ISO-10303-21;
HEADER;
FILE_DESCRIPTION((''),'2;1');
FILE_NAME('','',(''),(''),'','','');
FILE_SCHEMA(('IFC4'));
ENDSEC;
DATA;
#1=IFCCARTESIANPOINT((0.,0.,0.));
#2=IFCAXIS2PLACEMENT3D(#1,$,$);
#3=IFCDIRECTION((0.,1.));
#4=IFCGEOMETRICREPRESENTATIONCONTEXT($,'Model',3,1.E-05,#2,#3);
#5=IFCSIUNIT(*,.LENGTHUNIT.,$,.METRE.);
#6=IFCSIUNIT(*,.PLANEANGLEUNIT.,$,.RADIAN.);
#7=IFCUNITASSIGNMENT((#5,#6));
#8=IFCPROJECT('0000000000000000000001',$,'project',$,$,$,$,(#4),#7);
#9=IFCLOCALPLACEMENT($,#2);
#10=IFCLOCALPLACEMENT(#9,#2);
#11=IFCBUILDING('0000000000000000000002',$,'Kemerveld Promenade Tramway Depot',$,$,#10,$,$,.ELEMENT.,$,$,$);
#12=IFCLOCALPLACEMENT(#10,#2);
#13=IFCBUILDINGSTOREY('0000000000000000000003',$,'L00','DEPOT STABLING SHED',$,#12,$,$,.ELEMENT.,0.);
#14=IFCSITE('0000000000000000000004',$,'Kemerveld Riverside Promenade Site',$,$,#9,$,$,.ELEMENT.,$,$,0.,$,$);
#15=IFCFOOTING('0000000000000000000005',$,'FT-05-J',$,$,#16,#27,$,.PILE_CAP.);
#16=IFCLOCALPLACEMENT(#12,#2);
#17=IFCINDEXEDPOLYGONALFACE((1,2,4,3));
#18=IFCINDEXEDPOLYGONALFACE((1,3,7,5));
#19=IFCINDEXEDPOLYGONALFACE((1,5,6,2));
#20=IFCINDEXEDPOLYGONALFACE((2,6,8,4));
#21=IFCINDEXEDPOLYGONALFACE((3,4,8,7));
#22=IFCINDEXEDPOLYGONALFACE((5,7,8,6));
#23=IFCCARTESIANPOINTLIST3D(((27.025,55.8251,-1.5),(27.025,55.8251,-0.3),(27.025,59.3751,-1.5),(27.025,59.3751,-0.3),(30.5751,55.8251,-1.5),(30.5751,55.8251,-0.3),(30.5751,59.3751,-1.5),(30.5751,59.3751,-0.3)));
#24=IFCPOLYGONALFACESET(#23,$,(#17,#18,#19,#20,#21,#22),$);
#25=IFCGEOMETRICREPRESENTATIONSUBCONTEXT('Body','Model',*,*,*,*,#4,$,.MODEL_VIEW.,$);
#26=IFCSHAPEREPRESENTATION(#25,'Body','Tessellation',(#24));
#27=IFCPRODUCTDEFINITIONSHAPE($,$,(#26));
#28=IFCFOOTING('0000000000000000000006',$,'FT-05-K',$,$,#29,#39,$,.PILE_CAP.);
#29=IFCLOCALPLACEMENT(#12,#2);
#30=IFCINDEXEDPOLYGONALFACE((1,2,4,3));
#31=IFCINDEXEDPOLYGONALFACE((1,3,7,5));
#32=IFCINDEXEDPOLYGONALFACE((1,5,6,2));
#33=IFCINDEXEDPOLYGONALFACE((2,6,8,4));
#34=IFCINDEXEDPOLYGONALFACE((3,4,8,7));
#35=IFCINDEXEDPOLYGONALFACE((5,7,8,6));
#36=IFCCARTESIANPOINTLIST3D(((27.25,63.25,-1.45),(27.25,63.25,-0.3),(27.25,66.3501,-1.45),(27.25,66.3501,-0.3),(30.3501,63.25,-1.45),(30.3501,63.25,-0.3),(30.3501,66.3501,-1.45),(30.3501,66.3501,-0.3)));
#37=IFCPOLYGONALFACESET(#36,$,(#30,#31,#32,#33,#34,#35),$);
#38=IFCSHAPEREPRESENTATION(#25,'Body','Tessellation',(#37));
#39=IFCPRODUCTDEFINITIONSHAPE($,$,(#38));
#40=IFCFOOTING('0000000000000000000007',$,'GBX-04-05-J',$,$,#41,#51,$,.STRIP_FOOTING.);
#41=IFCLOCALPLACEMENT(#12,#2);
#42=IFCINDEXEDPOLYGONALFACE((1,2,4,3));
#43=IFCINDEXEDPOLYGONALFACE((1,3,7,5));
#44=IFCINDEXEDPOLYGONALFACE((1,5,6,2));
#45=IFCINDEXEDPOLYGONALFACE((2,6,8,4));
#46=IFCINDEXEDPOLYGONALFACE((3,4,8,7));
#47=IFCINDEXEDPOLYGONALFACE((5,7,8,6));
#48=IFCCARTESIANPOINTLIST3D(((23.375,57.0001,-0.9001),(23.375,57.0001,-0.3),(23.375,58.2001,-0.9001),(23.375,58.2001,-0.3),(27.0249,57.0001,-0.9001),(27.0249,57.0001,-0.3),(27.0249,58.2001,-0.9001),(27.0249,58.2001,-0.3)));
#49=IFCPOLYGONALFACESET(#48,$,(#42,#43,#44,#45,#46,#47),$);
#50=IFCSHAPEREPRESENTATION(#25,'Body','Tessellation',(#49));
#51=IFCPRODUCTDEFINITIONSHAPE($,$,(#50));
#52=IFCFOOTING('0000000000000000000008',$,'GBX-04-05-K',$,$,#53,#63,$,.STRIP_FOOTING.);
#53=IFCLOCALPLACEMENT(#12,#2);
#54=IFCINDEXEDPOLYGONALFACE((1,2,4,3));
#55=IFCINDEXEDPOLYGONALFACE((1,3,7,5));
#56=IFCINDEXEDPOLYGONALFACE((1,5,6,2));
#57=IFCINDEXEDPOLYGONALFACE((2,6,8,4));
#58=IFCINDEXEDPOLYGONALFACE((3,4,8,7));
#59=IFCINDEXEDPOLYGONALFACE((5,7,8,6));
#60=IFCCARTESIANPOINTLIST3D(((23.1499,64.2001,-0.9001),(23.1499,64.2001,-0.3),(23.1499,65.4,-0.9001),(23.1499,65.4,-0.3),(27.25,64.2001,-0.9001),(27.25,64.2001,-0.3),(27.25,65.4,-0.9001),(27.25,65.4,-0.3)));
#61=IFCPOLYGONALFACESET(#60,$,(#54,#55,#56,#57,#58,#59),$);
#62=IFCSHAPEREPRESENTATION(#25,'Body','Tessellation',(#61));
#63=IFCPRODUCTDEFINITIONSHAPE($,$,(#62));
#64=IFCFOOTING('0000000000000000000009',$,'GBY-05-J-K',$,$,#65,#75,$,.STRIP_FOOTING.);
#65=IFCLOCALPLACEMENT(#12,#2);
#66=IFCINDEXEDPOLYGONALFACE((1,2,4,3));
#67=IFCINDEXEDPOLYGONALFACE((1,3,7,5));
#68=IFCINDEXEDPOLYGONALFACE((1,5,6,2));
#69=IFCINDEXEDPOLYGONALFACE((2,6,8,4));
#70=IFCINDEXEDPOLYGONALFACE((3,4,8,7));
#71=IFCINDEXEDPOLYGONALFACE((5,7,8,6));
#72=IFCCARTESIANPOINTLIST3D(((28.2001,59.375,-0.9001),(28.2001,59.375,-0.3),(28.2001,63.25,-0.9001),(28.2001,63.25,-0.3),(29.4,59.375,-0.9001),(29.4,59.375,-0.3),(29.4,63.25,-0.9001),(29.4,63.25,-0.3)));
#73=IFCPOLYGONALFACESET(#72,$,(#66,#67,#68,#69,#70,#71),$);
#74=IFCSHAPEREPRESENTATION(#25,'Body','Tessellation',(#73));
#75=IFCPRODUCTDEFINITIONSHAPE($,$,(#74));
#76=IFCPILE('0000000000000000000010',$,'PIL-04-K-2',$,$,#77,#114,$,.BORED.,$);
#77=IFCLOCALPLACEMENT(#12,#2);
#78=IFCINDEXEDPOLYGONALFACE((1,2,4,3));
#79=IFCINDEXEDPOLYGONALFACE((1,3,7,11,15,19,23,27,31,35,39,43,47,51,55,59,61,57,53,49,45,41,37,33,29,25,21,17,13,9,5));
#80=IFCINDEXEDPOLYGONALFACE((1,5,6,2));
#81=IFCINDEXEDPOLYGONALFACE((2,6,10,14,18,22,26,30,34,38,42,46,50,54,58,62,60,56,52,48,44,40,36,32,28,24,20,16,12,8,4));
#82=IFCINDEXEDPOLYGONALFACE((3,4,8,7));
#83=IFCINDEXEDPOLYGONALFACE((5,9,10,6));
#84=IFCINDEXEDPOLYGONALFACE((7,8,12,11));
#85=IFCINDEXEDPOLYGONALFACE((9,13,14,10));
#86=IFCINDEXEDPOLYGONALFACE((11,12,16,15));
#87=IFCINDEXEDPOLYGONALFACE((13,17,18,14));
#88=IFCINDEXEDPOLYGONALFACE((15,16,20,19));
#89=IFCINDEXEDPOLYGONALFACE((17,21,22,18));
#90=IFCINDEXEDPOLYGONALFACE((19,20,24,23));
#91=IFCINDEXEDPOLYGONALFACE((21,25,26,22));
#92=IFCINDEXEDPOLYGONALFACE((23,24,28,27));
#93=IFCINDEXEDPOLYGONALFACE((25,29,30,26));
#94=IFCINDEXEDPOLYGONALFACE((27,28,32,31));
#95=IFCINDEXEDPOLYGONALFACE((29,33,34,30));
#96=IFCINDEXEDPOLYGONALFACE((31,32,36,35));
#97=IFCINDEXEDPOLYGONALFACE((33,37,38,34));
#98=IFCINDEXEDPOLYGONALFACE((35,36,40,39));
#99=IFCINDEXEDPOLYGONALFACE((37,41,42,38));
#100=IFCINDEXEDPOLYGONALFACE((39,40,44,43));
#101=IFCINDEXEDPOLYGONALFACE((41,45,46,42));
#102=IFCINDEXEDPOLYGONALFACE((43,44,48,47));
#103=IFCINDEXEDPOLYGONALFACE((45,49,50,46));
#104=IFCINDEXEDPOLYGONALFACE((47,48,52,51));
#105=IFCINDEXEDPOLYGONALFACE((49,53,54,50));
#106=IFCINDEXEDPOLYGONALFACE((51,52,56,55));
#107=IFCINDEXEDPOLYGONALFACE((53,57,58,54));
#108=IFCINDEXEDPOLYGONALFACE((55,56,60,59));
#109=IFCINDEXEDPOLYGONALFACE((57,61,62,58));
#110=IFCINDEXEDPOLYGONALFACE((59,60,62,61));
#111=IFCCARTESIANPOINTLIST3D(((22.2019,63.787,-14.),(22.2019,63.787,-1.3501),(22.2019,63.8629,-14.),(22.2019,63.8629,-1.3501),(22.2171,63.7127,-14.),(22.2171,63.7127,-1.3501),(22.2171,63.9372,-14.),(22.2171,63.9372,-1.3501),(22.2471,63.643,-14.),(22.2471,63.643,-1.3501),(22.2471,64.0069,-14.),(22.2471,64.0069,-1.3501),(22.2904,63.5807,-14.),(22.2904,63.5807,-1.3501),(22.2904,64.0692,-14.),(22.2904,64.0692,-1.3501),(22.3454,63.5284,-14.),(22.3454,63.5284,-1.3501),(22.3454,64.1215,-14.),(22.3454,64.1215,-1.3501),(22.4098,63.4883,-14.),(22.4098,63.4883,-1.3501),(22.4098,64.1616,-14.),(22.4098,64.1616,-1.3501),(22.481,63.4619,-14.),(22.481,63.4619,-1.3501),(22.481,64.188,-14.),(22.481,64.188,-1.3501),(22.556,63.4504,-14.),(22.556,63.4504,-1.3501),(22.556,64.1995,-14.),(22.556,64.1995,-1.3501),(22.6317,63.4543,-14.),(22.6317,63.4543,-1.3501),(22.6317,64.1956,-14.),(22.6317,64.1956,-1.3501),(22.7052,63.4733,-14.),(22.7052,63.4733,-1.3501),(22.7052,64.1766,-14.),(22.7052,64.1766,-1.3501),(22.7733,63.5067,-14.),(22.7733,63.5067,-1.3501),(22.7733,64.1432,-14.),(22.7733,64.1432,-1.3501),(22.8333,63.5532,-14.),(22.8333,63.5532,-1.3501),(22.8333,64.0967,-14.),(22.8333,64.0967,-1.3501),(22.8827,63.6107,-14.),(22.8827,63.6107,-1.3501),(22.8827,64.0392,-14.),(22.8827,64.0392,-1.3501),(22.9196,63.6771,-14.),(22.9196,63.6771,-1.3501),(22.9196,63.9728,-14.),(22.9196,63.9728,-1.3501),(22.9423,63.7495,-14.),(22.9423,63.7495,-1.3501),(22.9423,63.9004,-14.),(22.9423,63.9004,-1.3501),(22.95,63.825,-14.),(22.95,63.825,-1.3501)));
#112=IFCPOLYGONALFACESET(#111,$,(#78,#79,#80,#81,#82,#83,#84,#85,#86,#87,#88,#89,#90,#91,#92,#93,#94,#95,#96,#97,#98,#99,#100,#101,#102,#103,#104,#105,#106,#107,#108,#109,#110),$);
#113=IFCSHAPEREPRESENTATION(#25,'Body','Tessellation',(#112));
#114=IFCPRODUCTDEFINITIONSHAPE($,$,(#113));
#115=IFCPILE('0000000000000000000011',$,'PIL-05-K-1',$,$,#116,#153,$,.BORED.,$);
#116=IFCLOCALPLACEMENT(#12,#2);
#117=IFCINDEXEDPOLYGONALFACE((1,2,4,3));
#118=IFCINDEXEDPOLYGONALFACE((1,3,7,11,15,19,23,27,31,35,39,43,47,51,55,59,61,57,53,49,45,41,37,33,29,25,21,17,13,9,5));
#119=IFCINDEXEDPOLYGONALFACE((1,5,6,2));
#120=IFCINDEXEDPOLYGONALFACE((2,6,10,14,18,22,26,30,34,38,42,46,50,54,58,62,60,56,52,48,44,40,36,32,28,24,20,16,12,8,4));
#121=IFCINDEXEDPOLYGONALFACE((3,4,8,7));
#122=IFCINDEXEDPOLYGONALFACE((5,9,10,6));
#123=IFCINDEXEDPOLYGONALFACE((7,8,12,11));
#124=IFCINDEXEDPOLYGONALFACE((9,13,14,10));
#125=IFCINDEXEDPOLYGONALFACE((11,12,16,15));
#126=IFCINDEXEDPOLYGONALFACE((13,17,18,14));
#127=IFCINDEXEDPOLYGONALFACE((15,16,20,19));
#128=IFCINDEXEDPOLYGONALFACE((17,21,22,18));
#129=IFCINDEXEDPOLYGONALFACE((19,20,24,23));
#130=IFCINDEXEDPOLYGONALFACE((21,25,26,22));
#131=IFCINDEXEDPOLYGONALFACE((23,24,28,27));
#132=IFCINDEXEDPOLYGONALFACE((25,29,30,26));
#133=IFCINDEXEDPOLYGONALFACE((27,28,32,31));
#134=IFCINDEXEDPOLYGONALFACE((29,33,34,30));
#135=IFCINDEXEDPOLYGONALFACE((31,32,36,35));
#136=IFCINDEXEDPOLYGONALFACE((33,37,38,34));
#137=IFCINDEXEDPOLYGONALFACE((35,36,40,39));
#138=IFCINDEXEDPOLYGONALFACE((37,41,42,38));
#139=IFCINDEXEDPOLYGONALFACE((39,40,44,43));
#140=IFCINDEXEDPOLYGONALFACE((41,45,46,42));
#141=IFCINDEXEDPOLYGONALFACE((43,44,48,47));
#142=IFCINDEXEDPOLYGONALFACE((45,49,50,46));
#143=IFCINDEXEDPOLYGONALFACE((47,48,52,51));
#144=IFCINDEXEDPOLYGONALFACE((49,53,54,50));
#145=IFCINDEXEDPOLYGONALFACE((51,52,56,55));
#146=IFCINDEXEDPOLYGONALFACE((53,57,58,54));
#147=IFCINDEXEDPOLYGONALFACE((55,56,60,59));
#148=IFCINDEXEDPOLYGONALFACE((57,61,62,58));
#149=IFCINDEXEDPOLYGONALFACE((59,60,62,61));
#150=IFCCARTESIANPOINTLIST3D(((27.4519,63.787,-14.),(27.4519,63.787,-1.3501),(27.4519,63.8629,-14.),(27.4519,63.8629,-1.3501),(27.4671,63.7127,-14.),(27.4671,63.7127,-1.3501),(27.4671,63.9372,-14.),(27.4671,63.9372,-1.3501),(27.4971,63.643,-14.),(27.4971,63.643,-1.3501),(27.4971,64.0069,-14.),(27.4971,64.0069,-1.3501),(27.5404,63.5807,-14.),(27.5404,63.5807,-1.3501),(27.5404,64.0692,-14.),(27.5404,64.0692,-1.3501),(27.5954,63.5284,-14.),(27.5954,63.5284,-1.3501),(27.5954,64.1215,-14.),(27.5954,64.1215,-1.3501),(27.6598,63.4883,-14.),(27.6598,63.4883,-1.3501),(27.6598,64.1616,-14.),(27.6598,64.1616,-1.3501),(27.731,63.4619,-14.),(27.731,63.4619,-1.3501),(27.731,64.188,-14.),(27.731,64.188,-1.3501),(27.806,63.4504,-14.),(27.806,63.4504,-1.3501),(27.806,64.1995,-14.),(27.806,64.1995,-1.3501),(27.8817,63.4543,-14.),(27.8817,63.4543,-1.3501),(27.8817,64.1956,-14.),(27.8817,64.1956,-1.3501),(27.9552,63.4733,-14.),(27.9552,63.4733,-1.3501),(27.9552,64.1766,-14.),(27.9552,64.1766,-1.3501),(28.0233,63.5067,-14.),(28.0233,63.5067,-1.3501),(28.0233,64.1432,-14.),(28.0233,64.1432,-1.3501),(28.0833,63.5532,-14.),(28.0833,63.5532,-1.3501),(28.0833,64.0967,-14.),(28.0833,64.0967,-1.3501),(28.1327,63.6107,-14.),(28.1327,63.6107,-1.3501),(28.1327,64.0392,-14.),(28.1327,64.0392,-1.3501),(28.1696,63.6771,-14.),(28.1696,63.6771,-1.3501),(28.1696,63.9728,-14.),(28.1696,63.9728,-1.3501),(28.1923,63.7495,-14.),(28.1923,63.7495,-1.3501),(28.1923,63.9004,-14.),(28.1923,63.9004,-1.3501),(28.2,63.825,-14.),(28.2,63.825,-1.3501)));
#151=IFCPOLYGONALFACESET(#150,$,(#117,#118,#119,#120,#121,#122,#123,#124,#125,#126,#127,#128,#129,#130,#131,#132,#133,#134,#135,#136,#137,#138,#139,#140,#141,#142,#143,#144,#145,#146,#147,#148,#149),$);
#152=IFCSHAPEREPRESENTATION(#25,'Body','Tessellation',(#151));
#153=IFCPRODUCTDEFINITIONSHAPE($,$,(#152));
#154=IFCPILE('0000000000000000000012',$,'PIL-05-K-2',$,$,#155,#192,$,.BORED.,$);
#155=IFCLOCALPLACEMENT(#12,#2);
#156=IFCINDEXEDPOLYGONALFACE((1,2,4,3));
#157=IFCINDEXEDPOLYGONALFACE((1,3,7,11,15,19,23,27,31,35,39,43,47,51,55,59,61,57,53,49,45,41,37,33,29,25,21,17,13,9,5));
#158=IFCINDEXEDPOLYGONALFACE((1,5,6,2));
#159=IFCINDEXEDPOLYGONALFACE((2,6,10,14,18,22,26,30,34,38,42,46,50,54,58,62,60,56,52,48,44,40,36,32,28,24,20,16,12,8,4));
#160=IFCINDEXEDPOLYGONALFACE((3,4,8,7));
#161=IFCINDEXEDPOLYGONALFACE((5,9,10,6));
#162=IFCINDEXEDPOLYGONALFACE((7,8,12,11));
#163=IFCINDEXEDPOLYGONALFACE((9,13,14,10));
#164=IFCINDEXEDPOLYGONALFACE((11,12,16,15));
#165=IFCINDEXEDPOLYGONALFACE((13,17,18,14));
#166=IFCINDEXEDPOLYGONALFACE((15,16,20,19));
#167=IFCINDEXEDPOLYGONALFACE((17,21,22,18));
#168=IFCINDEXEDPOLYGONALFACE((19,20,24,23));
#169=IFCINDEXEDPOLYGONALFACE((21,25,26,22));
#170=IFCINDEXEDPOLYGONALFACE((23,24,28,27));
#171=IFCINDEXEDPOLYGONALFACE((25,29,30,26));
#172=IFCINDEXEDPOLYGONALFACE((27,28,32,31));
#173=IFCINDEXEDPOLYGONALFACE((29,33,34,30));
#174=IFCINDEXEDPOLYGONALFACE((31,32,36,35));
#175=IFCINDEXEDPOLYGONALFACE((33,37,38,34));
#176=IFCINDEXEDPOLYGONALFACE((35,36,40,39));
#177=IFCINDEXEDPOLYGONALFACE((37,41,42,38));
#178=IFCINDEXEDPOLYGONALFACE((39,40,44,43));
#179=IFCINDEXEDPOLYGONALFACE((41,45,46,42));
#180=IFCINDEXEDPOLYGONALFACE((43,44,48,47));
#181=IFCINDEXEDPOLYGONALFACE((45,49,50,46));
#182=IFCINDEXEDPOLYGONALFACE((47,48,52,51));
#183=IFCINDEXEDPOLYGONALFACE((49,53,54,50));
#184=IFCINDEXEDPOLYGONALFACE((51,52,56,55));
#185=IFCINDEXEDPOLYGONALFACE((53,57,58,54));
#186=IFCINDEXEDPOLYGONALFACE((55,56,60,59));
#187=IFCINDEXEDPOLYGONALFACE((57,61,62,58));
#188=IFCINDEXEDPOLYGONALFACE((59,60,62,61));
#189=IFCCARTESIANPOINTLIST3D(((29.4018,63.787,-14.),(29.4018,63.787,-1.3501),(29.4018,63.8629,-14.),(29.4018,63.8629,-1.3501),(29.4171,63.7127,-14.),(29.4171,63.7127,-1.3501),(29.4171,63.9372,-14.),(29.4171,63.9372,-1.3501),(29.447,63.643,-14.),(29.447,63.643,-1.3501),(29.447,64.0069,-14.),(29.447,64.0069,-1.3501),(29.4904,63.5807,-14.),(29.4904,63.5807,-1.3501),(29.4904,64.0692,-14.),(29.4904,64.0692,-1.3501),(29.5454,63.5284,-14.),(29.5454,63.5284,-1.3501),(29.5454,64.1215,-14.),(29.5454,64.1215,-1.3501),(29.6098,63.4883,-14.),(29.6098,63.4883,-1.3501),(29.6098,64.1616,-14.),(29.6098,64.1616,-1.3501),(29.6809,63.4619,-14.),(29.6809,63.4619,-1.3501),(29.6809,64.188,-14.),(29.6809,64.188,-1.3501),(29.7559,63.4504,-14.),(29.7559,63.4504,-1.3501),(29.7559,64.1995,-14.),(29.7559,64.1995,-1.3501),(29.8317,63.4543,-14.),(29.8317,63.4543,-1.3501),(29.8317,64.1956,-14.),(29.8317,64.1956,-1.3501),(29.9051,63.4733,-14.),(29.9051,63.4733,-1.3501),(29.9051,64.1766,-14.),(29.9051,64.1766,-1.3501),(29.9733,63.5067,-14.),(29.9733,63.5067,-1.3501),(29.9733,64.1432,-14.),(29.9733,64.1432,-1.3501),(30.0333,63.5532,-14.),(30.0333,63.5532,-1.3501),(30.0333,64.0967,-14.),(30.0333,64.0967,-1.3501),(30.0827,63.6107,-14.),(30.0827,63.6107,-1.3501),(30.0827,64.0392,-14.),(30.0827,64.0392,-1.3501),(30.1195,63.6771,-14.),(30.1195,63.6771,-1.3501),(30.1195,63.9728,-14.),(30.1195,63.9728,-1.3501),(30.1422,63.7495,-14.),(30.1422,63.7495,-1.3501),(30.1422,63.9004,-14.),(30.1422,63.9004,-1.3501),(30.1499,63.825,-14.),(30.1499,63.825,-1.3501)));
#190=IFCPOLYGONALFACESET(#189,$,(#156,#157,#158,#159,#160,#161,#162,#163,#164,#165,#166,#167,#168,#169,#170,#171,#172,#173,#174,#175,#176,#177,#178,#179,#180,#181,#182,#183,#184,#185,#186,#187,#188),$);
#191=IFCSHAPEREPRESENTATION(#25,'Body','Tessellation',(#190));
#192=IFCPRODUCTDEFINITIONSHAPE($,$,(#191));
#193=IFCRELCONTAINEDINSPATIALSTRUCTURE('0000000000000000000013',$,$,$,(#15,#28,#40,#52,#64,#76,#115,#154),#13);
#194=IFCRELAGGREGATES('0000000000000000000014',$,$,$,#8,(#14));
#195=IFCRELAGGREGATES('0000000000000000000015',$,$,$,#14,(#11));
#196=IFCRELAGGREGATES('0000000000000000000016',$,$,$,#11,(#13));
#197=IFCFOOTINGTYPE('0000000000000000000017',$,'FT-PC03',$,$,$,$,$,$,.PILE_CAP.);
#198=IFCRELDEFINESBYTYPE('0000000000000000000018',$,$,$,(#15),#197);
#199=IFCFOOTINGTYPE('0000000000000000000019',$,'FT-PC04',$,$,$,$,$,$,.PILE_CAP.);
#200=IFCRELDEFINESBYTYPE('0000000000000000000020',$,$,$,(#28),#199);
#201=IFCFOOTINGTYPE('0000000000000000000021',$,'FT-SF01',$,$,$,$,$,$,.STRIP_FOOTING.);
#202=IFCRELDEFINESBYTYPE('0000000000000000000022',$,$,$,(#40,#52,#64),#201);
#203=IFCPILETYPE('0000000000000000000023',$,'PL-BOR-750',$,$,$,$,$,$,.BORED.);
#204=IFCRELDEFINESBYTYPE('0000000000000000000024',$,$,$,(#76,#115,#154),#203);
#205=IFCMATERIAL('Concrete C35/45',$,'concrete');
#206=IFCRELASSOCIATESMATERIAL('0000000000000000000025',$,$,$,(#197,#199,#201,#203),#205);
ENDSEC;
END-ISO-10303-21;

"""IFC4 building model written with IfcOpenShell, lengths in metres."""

from ifc_helpers import new_model, si_unit, direction, frame, origin, origin_2d, place, context, subcontext, project, spatial, rectangle, circle, extrude, material, material_profile, profile_set, type_object, element, save


model = new_model("IFC4")

# Units and contexts
model_context = context("Model", 3, precision=1e-05, world=origin(), true_north=direction((0.0, 1.0)))
body_context = subcontext(model_context, "Body", "Model", "MODEL_VIEW")
ifc_project = project(units=[si_unit("LENGTHUNIT", "METRE"), si_unit("PLANEANGLEUNIT", "RADIAN")], contexts=[model_context])

# Site, building, storey
site_placement = place(None, origin())
site = spatial("IfcSite", under=ifc_project, at=site_placement, Name="Kemerveld Riverside Promenade Site", CompositionType="ELEMENT", RefElevation=0.0)
building_placement = place(site_placement, origin())
building = spatial("IfcBuilding", under=site, at=building_placement, Name="Kemerveld Promenade Tramway Depot", CompositionType="ELEMENT")
storey_placement = place(building_placement, origin())
storey = spatial("IfcBuildingStorey", under=building, at=storey_placement, Name="L00", Description="DEPOT STABLING SHED", CompositionType="ELEMENT", Elevation=0.0)

# Footings
ifc_material_1 = material(Name="Concrete C35/45", Category="concrete")
footing_type_1 = type_object("IfcFootingType", Name="FT-PC03", PredefinedType="PILE_CAP", material=ifc_material_1)
footing_1_placement = place(storey_placement, frame((28.8, 57.6001, -1.5), z_axis=(0.0, 0.0, 1.0), x_axis=(1.0, 0.0, 0.0)))
element("IfcFooting", 1, at=footing_1_placement, inside=storey, type_object=footing_type_1, Name="FT-05-J", PredefinedType="PILE_CAP", context=body_context, shape_type="SweptSolid", body=[
    extrude(rectangle(XDim=3.55, YDim=3.55, at=origin_2d()), origin(), (0.0, 0.0, 1.0), 1.2),
])
footing_type_2 = type_object("IfcFootingType", Name="FT-PC04", PredefinedType="PILE_CAP", material=ifc_material_1)
footing_2_placement = place(storey_placement, frame((28.8, 64.8, -1.45), z_axis=(0.0, 0.0, 1.0), x_axis=(1.0, 0.0, 0.0)))
element("IfcFooting", 2, at=footing_2_placement, inside=storey, type_object=footing_type_2, Name="FT-05-K", PredefinedType="PILE_CAP", context=body_context, shape_type="SweptSolid", body=[
    extrude(rectangle(XDim=3.1001, YDim=3.1001, at=origin_2d()), origin(), (0.0, 0.0, 1.0), 1.1499),
])
footing_type_3 = type_object("IfcFootingType", Name="FT-SF01", PredefinedType="STRIP_FOOTING", material=ifc_material_1)
footing_3_placement = place(storey_placement, frame((25.2, 57.6001, -0.9001), z_axis=(0.0, 0.0, 1.0), x_axis=(1.0, 0.0, 0.0)))
element("IfcFooting", 3, at=footing_3_placement, inside=storey, type_object=footing_type_3, Name="GBX-04-05-J", PredefinedType="STRIP_FOOTING", context=body_context, shape_type="SweptSolid", body=[
    extrude(rectangle(XDim=3.6499, YDim=1.2, at=origin_2d()), origin(), (0.0, 0.0, 1.0), 0.6001),
])
footing_4_placement = place(storey_placement, frame((25.2, 64.8, -0.9001), z_axis=(0.0, 0.0, 1.0), x_axis=(1.0, 0.0, 0.0)))
element("IfcFooting", 4, at=footing_4_placement, inside=storey, type_object=footing_type_3, Name="GBX-04-05-K", PredefinedType="STRIP_FOOTING", context=body_context, shape_type="SweptSolid", body=[
    extrude(rectangle(XDim=4.1001, YDim=1.2, at=origin_2d()), origin(), (0.0, 0.0, 1.0), 0.6001),
])
footing_5_placement = place(storey_placement, frame((28.8, 61.3125, -0.9001), z_axis=(0.0, 0.0, 1.0), x_axis=(0.0, 1.0, 0.0)))
element("IfcFooting", 5, at=footing_5_placement, inside=storey, type_object=footing_type_3, Name="GBY-05-J-K", PredefinedType="STRIP_FOOTING", context=body_context, shape_type="SweptSolid", body=[
    extrude(rectangle(XDim=3.875, YDim=1.2, at=origin_2d()), origin(), (0.0, 0.0, 1.0), 0.6001),
])

# Piles
ifc_material_profile_1 = material_profile(ifc_material_1, circle(Radius=0.375, at=origin_2d()), Name="PILE-D750")
ifc_profile_set_1 = profile_set([ifc_material_profile_1], Name="Concrete C35/45")
pile_type_1 = type_object("IfcPileType", Name="PL-BOR-750", PredefinedType="BORED", material=ifc_profile_set_1)
for number, where, z_axis, x_axis, name in (
    (6, (22.575, 63.825, -1.3501), (0.0, 0.0, -1.0), (1.0, 0.0, 0.0), "PIL-04-K-2"),
    (7, (27.825, 63.825, -1.3501), (0.0, 0.0, -1.0), (1.0, 0.0, 0.0), "PIL-05-K-1"),
    (8, (29.7749, 63.825, -1.3501), (0.0, 0.0, -1.0), (1.0, 0.0, 0.0), "PIL-05-K-2"),
):
    element("IfcPile", number, at=place(storey_placement, frame(where, z_axis=z_axis, x_axis=x_axis)), inside=storey, type_object=pile_type_1, Name=name, PredefinedType="BORED", context=body_context, shape_type="SweptSolid", body=[
        extrude(circle(Radius=0.375, at=origin_2d()), origin(), (0.0, 0.0, 1.0), 12.6499),
    ])

save(model, "model.ifc")
